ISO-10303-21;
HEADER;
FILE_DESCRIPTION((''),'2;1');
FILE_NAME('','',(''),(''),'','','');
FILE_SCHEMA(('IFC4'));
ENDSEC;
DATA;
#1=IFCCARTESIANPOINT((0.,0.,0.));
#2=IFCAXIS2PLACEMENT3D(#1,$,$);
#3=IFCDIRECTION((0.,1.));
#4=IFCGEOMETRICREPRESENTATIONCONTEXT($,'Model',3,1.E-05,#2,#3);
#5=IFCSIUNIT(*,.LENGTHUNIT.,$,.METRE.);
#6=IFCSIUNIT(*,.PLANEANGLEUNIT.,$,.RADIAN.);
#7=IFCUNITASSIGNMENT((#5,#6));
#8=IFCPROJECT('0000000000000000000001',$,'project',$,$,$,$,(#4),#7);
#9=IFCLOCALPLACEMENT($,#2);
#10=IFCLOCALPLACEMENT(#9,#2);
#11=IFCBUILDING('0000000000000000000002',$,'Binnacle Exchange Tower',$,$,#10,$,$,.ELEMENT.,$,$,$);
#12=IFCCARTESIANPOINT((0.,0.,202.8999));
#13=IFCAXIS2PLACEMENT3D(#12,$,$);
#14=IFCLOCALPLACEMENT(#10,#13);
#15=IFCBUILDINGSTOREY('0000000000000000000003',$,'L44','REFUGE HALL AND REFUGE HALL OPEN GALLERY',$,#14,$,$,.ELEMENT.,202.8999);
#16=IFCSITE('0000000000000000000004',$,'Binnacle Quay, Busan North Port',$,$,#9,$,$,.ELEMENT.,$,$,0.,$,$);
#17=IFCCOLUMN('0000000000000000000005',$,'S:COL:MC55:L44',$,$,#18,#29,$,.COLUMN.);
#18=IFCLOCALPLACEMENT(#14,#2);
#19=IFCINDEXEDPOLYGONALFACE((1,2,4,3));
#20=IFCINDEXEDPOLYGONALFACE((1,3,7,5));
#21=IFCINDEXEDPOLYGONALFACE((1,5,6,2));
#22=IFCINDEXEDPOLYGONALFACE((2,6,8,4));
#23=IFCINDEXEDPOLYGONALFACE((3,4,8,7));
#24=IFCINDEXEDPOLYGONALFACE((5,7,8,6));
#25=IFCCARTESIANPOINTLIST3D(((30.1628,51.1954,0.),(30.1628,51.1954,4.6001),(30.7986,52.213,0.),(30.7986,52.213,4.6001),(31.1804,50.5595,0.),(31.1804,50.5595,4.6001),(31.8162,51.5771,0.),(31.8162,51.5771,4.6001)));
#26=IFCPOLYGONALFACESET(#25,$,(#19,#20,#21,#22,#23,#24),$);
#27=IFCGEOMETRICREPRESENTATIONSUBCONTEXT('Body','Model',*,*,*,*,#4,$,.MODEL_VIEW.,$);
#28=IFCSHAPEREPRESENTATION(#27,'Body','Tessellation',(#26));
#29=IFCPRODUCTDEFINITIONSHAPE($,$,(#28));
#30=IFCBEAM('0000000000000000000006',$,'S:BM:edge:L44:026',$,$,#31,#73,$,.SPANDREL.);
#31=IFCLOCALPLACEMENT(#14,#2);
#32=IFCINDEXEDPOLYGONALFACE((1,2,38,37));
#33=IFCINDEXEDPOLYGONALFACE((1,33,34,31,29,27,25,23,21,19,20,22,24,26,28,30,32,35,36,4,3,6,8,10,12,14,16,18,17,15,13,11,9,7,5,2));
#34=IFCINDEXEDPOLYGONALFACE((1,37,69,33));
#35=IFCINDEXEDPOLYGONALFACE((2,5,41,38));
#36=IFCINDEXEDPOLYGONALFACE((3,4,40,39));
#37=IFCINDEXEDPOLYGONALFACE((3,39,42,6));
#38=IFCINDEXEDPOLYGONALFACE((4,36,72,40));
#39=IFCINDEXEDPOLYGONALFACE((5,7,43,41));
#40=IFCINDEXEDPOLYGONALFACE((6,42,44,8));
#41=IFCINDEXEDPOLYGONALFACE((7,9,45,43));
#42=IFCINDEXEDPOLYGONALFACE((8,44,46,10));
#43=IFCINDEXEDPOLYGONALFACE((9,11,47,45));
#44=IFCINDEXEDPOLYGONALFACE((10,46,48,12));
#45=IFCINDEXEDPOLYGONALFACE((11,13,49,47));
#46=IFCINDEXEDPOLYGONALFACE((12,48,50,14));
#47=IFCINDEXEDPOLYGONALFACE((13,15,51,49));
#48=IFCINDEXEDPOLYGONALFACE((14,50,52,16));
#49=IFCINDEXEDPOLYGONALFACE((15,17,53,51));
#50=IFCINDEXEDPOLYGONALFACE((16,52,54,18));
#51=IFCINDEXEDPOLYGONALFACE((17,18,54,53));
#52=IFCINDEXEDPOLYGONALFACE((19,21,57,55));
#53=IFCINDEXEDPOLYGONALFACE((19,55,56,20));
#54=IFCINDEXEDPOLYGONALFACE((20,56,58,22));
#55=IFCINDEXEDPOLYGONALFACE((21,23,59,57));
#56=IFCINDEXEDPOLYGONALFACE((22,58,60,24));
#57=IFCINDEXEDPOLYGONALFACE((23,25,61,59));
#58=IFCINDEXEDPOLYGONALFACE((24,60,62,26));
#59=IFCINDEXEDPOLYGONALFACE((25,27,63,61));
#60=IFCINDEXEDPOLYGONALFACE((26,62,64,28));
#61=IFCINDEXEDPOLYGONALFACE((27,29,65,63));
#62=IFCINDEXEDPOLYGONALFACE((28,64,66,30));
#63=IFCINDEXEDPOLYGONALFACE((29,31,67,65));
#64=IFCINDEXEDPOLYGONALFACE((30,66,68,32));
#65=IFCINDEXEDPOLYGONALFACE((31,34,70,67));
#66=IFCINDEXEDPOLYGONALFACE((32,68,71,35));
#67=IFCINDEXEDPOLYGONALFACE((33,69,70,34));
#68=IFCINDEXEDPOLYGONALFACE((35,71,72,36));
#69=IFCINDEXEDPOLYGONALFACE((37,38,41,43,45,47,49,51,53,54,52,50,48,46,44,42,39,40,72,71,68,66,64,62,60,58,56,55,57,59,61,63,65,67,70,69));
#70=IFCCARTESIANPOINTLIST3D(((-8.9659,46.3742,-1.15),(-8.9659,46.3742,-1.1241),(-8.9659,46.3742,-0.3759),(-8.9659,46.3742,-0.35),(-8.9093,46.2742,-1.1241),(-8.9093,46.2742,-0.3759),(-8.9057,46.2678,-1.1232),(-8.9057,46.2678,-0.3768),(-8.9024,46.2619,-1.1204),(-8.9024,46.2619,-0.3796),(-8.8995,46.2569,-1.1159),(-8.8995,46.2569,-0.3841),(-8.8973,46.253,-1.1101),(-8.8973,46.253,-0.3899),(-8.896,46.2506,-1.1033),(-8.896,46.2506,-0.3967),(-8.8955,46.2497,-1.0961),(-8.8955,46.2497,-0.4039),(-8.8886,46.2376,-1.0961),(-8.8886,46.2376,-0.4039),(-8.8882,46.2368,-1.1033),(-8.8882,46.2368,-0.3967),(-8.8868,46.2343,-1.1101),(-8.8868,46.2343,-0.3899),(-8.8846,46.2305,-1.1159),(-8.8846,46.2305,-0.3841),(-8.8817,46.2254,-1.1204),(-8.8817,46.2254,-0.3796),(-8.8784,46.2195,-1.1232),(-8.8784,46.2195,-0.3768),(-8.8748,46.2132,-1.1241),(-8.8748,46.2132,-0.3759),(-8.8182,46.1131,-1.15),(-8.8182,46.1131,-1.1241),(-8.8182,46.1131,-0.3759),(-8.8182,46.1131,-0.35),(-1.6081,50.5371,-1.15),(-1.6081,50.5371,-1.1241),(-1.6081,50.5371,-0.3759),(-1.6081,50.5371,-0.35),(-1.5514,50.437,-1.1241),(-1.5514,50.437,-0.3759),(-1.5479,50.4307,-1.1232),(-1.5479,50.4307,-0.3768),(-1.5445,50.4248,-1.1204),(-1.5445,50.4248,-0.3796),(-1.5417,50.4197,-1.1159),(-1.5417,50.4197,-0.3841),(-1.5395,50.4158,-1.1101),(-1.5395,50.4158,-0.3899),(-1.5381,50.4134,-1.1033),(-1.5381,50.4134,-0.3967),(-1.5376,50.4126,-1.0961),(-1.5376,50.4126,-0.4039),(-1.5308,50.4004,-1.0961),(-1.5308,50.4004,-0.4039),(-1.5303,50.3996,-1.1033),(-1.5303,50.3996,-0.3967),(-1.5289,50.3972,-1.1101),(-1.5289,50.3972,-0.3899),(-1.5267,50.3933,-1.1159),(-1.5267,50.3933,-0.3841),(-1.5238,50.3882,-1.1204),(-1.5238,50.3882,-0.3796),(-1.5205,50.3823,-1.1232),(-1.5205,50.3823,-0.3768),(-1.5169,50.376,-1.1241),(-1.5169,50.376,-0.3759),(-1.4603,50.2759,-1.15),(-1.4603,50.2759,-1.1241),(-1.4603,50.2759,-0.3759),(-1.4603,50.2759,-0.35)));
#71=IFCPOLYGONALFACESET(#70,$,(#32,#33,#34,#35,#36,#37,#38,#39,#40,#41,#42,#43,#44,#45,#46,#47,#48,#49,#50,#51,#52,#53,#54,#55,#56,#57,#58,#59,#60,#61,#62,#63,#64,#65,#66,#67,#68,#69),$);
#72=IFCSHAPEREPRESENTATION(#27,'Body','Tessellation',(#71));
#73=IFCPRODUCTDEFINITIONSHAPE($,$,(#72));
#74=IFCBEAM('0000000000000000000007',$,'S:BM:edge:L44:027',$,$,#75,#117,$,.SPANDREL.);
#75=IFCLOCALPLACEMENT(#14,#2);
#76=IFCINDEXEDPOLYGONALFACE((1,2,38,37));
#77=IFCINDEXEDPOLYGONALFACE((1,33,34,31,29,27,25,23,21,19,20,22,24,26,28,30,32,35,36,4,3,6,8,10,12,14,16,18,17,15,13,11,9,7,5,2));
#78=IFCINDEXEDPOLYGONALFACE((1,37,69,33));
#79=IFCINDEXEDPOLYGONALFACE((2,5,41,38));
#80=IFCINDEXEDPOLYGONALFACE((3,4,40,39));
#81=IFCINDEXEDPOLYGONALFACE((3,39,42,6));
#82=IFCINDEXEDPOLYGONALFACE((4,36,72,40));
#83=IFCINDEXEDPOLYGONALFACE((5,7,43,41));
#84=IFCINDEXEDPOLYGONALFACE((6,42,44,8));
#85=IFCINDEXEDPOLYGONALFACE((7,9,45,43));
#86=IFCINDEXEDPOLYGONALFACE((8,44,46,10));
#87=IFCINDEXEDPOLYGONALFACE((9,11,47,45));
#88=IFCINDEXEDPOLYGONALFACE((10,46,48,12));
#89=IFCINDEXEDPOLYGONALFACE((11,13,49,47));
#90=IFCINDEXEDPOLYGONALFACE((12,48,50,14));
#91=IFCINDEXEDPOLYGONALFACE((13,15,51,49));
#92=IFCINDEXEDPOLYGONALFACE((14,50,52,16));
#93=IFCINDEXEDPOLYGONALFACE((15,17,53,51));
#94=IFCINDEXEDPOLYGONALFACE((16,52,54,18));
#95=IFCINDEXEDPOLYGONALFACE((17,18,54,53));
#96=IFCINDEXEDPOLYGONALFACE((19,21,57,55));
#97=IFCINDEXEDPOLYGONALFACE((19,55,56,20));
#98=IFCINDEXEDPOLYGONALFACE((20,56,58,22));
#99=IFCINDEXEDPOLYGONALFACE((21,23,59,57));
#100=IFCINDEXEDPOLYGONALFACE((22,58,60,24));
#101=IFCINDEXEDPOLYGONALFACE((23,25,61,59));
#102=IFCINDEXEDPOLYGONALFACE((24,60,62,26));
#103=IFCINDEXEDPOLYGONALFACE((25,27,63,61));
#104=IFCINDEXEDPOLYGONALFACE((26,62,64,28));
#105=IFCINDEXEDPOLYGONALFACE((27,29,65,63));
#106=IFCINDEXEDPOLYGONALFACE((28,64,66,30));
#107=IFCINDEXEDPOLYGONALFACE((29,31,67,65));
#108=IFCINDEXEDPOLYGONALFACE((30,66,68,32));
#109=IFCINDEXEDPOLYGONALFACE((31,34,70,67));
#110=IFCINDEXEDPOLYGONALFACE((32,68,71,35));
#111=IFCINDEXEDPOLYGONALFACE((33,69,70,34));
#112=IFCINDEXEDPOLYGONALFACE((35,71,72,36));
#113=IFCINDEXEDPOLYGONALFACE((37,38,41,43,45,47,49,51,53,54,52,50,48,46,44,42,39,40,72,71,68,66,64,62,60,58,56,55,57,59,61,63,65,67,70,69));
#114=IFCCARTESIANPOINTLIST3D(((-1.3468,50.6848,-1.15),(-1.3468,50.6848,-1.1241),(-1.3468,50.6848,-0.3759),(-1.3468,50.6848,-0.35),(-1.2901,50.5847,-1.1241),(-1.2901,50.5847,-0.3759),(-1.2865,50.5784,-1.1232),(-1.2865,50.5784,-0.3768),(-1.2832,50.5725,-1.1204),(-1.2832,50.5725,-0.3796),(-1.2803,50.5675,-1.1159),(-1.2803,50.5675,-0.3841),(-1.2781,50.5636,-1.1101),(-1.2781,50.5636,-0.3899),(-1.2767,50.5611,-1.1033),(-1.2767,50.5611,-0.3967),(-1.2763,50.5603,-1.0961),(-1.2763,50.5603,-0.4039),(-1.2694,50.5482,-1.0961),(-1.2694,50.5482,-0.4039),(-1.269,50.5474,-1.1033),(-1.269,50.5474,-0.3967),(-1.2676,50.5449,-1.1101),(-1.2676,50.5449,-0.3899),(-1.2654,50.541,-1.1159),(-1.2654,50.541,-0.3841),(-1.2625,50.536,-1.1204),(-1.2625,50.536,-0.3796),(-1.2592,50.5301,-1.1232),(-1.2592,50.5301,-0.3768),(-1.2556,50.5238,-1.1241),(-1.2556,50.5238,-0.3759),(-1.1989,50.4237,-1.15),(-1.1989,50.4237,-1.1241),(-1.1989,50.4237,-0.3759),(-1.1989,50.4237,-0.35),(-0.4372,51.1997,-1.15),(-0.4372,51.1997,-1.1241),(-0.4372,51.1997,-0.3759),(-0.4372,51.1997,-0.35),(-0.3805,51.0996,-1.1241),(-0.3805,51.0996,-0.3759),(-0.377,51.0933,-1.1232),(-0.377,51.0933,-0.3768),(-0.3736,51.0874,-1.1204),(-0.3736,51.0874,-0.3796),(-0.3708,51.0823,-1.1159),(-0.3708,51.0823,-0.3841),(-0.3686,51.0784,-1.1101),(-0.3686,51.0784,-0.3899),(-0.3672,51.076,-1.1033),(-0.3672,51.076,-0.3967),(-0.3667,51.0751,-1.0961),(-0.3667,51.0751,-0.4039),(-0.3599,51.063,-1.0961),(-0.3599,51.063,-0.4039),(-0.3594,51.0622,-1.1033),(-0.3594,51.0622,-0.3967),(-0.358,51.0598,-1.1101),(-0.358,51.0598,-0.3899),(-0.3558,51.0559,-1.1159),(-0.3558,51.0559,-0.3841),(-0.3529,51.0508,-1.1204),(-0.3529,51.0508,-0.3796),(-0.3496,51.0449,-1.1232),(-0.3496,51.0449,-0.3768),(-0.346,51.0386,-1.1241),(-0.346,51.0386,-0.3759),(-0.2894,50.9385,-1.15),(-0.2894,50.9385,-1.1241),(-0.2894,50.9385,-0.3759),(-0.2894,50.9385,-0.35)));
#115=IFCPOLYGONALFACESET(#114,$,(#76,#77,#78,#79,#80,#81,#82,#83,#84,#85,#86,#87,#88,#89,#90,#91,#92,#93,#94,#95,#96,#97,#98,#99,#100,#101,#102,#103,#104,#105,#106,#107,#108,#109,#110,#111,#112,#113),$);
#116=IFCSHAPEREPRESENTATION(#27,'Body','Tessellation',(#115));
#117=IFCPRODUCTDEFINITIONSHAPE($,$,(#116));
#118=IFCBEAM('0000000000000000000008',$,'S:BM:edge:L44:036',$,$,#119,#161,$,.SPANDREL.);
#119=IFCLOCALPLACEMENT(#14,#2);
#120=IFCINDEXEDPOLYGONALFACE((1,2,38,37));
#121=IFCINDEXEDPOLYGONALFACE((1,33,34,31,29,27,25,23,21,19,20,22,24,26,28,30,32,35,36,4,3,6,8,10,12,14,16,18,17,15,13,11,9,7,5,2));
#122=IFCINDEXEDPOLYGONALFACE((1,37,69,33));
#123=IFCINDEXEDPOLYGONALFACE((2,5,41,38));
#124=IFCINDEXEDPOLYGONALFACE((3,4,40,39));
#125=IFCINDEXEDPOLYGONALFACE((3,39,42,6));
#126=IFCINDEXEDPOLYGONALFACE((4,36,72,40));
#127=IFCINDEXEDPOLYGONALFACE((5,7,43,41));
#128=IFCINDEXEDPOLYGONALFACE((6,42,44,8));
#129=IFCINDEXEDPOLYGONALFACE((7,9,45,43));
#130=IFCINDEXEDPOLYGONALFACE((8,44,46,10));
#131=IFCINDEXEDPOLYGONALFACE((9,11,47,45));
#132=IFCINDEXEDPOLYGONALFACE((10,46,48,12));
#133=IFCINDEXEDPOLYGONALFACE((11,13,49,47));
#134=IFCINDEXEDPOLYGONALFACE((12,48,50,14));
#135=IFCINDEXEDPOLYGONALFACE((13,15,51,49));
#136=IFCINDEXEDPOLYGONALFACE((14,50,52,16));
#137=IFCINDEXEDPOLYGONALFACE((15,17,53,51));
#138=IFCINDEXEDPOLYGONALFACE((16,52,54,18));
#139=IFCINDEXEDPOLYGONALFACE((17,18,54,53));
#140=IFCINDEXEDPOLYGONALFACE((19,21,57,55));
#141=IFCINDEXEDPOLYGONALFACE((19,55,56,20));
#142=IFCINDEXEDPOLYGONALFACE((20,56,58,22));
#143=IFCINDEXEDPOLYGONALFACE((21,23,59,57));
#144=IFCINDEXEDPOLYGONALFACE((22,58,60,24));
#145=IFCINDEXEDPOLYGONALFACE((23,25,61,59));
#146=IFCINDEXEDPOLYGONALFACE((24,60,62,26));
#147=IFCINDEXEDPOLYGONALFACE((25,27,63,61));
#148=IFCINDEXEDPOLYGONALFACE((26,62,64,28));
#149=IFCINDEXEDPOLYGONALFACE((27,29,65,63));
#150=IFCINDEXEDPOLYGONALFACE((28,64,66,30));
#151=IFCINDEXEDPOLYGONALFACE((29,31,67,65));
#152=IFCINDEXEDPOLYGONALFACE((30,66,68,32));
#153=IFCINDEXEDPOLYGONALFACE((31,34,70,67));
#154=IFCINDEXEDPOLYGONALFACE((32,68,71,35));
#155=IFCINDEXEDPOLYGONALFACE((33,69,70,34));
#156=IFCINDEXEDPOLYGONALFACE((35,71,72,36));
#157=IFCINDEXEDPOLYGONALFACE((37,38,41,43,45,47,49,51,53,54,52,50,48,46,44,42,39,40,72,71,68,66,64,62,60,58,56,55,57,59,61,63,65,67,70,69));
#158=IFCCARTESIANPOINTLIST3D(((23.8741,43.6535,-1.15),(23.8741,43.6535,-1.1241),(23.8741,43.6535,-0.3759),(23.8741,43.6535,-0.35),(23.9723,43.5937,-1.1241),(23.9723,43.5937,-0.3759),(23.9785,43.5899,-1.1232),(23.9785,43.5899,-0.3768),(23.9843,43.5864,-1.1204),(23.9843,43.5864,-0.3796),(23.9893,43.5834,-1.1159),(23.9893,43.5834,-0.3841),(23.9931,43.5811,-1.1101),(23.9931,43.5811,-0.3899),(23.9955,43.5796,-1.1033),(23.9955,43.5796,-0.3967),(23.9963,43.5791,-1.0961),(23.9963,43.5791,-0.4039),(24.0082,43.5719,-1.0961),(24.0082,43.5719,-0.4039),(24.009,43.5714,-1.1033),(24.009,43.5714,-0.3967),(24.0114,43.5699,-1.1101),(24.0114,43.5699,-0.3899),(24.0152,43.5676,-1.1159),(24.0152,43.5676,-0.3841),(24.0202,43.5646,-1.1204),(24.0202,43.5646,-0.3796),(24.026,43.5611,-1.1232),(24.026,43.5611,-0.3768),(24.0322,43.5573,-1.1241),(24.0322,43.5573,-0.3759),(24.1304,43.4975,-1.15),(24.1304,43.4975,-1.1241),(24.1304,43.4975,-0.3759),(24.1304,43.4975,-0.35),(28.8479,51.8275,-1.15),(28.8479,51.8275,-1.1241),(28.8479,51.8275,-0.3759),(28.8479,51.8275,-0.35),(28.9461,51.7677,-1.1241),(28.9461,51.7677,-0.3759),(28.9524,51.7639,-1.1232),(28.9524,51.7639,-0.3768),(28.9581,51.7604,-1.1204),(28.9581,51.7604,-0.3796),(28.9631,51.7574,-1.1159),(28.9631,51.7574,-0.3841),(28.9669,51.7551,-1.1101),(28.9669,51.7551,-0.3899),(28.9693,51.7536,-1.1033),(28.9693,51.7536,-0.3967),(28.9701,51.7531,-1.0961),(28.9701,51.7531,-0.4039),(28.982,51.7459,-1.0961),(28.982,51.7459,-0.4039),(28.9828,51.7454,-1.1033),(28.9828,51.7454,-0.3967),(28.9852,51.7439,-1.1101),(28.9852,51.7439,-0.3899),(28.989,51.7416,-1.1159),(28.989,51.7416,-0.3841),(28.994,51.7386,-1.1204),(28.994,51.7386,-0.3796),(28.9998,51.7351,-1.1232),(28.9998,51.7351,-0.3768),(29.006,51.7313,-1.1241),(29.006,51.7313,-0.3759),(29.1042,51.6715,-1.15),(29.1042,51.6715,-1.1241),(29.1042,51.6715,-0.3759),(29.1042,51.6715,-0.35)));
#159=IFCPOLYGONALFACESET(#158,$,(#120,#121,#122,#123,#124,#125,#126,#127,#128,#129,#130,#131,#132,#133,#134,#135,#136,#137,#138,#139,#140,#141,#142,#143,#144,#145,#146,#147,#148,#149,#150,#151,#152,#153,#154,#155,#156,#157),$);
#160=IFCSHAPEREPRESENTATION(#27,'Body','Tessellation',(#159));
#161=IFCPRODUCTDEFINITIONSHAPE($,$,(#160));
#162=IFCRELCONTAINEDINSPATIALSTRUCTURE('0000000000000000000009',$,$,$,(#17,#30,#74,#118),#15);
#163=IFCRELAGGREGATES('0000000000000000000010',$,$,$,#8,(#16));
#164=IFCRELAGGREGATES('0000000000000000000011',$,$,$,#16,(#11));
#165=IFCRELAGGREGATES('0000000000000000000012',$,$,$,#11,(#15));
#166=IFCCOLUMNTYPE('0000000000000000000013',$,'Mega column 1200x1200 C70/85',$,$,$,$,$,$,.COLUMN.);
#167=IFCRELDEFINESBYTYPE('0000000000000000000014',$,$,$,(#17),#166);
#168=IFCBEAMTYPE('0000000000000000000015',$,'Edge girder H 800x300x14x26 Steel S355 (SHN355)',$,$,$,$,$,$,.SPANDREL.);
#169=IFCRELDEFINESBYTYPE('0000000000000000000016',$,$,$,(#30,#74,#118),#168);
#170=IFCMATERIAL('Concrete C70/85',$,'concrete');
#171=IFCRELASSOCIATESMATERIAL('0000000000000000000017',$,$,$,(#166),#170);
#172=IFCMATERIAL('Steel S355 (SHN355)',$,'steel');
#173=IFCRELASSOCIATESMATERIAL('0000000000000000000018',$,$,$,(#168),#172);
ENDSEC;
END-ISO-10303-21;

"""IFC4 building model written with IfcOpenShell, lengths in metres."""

from ifc_helpers import new_model, si_unit, direction, frame, origin, origin_2d, place, context, subcontext, project, spatial, rectangle, i_section, extrude, material, material_profile, profile_set, type_object, element, save


model = new_model("IFC4")

# Units and contexts
model_context = context("Model", 3, precision=1e-05, world=origin(), true_north=direction((0.0, 1.0)))
body_context = subcontext(model_context, "Body", "Model", "MODEL_VIEW")
ifc_project = project(units=[si_unit("LENGTHUNIT", "METRE"), si_unit("PLANEANGLEUNIT", "RADIAN")], contexts=[model_context])

# Site, building, storey
site_placement = place(None, origin())
site = spatial("IfcSite", under=ifc_project, at=site_placement, Name="Binnacle Quay, Busan North Port", CompositionType="ELEMENT", RefElevation=0.0)
building_placement = place(site_placement, origin())
building = spatial("IfcBuilding", under=site, at=building_placement, Name="Binnacle Exchange Tower", CompositionType="ELEMENT")
storey_placement = place(building_placement, frame((0.0, 0.0, 202.8999)))
storey = spatial("IfcBuildingStorey", under=building, at=storey_placement, Name="L44", Description="REFUGE HALL AND REFUGE HALL OPEN GALLERY", CompositionType="ELEMENT", Elevation=202.8999)

# Column
ifc_material_1 = material(Name="Concrete C70/85", Category="concrete")
ifc_material_profile_1 = material_profile(ifc_material_1, rectangle(XDim=1.2, YDim=1.2, at=origin_2d()), Name="Mega column 1200x1200 C70/85")
ifc_profile_set_1 = profile_set([ifc_material_profile_1], Name="Concrete C70/85")
column_type = type_object("IfcColumnType", Name="Mega column 1200x1200 C70/85", PredefinedType="COLUMN", material=ifc_profile_set_1)
column_placement = place(storey_placement, frame((30.9895, 51.3862, 0.0), z_axis=(0.0, 0.0, 1.0), x_axis=(0.529919, 0.848048, 0.0)))
element("IfcColumn", 1, at=column_placement, inside=storey, type_object=column_type, Name="S:COL:MC55:L44", PredefinedType="COLUMN", context=body_context, shape_type="SweptSolid", body=[
    extrude(rectangle(XDim=1.2, YDim=1.2, at=origin_2d()), origin(), (0.0, 0.0, 1.0), 4.6001),
])

# Beams
ifc_material_2 = material(Name="Steel S355 (SHN355)", Category="steel")
ifc_material_profile_2 = material_profile(ifc_material_2, i_section(OverallWidth=0.3, OverallDepth=0.8, WebThickness=0.0139, FlangeThickness=0.0259, FilletRadius=0.0281, at=origin_2d()), Name="H 800x300x14x26")
ifc_profile_set_2 = profile_set([ifc_material_profile_2], Name="Steel S355 (SHN355)")
beam_type_1 = type_object("IfcBeamType", Name="Edge girder H 800x300x14x26 Steel S355 (SHN355)", PredefinedType="SPANDREL", material=ifc_profile_set_2)
beam_1_placement = place(storey_placement, frame((-1.5342, 50.4065, -0.75), z_axis=(-0.870359, -0.492418, 0.0), x_axis=(0.492418, -0.870359, 0.0)))
element("IfcBeam", 2, at=beam_1_placement, inside=storey, type_object=beam_type_1, Name="S:BM:edge:L44:026", PredefinedType="SPANDREL", context=body_context, shape_type="SweptSolid", body=[
    extrude(i_section(OverallWidth=0.3, OverallDepth=0.8, WebThickness=0.0139, FlangeThickness=0.0259, FilletRadius=0.0281, at=origin_2d()), origin(), (0.0, 0.0, 1.0), 8.4539),
])
beam_2_placement = place(storey_placement, frame((-0.3633, 51.0691, -0.75), z_axis=(-0.870263, -0.492588, 0.0), x_axis=(0.492588, -0.870263, 0.0)))
element("IfcBeam", 3, at=beam_2_placement, inside=storey, type_object=beam_type_1, Name="S:BM:edge:L44:027", PredefinedType="SPANDREL", context=body_context, shape_type="SweptSolid", body=[
    extrude(i_section(OverallWidth=0.3, OverallDepth=0.8, WebThickness=0.0139, FlangeThickness=0.0259, FilletRadius=0.0281, at=origin_2d()), origin(), (0.0, 0.0, 1.0), 1.0452),
])
beam_3_placement = place(storey_placement, frame((28.9761, 51.7495, -0.75), z_axis=(-0.519821, -0.854275, 0.0), x_axis=(0.854275, -0.519821, 0.0)))
element("IfcBeam", 4, at=beam_3_placement, inside=storey, type_object=beam_type_1, Name="S:BM:edge:L44:036", PredefinedType="SPANDREL", context=body_context, shape_type="SweptSolid", body=[
    extrude(i_section(OverallWidth=0.3, OverallDepth=0.8, WebThickness=0.0139, FlangeThickness=0.0259, FilletRadius=0.0281, at=origin_2d()), origin(), (0.0, 0.0, 1.0), 9.5684),
])

save(model, "model.ifc")
